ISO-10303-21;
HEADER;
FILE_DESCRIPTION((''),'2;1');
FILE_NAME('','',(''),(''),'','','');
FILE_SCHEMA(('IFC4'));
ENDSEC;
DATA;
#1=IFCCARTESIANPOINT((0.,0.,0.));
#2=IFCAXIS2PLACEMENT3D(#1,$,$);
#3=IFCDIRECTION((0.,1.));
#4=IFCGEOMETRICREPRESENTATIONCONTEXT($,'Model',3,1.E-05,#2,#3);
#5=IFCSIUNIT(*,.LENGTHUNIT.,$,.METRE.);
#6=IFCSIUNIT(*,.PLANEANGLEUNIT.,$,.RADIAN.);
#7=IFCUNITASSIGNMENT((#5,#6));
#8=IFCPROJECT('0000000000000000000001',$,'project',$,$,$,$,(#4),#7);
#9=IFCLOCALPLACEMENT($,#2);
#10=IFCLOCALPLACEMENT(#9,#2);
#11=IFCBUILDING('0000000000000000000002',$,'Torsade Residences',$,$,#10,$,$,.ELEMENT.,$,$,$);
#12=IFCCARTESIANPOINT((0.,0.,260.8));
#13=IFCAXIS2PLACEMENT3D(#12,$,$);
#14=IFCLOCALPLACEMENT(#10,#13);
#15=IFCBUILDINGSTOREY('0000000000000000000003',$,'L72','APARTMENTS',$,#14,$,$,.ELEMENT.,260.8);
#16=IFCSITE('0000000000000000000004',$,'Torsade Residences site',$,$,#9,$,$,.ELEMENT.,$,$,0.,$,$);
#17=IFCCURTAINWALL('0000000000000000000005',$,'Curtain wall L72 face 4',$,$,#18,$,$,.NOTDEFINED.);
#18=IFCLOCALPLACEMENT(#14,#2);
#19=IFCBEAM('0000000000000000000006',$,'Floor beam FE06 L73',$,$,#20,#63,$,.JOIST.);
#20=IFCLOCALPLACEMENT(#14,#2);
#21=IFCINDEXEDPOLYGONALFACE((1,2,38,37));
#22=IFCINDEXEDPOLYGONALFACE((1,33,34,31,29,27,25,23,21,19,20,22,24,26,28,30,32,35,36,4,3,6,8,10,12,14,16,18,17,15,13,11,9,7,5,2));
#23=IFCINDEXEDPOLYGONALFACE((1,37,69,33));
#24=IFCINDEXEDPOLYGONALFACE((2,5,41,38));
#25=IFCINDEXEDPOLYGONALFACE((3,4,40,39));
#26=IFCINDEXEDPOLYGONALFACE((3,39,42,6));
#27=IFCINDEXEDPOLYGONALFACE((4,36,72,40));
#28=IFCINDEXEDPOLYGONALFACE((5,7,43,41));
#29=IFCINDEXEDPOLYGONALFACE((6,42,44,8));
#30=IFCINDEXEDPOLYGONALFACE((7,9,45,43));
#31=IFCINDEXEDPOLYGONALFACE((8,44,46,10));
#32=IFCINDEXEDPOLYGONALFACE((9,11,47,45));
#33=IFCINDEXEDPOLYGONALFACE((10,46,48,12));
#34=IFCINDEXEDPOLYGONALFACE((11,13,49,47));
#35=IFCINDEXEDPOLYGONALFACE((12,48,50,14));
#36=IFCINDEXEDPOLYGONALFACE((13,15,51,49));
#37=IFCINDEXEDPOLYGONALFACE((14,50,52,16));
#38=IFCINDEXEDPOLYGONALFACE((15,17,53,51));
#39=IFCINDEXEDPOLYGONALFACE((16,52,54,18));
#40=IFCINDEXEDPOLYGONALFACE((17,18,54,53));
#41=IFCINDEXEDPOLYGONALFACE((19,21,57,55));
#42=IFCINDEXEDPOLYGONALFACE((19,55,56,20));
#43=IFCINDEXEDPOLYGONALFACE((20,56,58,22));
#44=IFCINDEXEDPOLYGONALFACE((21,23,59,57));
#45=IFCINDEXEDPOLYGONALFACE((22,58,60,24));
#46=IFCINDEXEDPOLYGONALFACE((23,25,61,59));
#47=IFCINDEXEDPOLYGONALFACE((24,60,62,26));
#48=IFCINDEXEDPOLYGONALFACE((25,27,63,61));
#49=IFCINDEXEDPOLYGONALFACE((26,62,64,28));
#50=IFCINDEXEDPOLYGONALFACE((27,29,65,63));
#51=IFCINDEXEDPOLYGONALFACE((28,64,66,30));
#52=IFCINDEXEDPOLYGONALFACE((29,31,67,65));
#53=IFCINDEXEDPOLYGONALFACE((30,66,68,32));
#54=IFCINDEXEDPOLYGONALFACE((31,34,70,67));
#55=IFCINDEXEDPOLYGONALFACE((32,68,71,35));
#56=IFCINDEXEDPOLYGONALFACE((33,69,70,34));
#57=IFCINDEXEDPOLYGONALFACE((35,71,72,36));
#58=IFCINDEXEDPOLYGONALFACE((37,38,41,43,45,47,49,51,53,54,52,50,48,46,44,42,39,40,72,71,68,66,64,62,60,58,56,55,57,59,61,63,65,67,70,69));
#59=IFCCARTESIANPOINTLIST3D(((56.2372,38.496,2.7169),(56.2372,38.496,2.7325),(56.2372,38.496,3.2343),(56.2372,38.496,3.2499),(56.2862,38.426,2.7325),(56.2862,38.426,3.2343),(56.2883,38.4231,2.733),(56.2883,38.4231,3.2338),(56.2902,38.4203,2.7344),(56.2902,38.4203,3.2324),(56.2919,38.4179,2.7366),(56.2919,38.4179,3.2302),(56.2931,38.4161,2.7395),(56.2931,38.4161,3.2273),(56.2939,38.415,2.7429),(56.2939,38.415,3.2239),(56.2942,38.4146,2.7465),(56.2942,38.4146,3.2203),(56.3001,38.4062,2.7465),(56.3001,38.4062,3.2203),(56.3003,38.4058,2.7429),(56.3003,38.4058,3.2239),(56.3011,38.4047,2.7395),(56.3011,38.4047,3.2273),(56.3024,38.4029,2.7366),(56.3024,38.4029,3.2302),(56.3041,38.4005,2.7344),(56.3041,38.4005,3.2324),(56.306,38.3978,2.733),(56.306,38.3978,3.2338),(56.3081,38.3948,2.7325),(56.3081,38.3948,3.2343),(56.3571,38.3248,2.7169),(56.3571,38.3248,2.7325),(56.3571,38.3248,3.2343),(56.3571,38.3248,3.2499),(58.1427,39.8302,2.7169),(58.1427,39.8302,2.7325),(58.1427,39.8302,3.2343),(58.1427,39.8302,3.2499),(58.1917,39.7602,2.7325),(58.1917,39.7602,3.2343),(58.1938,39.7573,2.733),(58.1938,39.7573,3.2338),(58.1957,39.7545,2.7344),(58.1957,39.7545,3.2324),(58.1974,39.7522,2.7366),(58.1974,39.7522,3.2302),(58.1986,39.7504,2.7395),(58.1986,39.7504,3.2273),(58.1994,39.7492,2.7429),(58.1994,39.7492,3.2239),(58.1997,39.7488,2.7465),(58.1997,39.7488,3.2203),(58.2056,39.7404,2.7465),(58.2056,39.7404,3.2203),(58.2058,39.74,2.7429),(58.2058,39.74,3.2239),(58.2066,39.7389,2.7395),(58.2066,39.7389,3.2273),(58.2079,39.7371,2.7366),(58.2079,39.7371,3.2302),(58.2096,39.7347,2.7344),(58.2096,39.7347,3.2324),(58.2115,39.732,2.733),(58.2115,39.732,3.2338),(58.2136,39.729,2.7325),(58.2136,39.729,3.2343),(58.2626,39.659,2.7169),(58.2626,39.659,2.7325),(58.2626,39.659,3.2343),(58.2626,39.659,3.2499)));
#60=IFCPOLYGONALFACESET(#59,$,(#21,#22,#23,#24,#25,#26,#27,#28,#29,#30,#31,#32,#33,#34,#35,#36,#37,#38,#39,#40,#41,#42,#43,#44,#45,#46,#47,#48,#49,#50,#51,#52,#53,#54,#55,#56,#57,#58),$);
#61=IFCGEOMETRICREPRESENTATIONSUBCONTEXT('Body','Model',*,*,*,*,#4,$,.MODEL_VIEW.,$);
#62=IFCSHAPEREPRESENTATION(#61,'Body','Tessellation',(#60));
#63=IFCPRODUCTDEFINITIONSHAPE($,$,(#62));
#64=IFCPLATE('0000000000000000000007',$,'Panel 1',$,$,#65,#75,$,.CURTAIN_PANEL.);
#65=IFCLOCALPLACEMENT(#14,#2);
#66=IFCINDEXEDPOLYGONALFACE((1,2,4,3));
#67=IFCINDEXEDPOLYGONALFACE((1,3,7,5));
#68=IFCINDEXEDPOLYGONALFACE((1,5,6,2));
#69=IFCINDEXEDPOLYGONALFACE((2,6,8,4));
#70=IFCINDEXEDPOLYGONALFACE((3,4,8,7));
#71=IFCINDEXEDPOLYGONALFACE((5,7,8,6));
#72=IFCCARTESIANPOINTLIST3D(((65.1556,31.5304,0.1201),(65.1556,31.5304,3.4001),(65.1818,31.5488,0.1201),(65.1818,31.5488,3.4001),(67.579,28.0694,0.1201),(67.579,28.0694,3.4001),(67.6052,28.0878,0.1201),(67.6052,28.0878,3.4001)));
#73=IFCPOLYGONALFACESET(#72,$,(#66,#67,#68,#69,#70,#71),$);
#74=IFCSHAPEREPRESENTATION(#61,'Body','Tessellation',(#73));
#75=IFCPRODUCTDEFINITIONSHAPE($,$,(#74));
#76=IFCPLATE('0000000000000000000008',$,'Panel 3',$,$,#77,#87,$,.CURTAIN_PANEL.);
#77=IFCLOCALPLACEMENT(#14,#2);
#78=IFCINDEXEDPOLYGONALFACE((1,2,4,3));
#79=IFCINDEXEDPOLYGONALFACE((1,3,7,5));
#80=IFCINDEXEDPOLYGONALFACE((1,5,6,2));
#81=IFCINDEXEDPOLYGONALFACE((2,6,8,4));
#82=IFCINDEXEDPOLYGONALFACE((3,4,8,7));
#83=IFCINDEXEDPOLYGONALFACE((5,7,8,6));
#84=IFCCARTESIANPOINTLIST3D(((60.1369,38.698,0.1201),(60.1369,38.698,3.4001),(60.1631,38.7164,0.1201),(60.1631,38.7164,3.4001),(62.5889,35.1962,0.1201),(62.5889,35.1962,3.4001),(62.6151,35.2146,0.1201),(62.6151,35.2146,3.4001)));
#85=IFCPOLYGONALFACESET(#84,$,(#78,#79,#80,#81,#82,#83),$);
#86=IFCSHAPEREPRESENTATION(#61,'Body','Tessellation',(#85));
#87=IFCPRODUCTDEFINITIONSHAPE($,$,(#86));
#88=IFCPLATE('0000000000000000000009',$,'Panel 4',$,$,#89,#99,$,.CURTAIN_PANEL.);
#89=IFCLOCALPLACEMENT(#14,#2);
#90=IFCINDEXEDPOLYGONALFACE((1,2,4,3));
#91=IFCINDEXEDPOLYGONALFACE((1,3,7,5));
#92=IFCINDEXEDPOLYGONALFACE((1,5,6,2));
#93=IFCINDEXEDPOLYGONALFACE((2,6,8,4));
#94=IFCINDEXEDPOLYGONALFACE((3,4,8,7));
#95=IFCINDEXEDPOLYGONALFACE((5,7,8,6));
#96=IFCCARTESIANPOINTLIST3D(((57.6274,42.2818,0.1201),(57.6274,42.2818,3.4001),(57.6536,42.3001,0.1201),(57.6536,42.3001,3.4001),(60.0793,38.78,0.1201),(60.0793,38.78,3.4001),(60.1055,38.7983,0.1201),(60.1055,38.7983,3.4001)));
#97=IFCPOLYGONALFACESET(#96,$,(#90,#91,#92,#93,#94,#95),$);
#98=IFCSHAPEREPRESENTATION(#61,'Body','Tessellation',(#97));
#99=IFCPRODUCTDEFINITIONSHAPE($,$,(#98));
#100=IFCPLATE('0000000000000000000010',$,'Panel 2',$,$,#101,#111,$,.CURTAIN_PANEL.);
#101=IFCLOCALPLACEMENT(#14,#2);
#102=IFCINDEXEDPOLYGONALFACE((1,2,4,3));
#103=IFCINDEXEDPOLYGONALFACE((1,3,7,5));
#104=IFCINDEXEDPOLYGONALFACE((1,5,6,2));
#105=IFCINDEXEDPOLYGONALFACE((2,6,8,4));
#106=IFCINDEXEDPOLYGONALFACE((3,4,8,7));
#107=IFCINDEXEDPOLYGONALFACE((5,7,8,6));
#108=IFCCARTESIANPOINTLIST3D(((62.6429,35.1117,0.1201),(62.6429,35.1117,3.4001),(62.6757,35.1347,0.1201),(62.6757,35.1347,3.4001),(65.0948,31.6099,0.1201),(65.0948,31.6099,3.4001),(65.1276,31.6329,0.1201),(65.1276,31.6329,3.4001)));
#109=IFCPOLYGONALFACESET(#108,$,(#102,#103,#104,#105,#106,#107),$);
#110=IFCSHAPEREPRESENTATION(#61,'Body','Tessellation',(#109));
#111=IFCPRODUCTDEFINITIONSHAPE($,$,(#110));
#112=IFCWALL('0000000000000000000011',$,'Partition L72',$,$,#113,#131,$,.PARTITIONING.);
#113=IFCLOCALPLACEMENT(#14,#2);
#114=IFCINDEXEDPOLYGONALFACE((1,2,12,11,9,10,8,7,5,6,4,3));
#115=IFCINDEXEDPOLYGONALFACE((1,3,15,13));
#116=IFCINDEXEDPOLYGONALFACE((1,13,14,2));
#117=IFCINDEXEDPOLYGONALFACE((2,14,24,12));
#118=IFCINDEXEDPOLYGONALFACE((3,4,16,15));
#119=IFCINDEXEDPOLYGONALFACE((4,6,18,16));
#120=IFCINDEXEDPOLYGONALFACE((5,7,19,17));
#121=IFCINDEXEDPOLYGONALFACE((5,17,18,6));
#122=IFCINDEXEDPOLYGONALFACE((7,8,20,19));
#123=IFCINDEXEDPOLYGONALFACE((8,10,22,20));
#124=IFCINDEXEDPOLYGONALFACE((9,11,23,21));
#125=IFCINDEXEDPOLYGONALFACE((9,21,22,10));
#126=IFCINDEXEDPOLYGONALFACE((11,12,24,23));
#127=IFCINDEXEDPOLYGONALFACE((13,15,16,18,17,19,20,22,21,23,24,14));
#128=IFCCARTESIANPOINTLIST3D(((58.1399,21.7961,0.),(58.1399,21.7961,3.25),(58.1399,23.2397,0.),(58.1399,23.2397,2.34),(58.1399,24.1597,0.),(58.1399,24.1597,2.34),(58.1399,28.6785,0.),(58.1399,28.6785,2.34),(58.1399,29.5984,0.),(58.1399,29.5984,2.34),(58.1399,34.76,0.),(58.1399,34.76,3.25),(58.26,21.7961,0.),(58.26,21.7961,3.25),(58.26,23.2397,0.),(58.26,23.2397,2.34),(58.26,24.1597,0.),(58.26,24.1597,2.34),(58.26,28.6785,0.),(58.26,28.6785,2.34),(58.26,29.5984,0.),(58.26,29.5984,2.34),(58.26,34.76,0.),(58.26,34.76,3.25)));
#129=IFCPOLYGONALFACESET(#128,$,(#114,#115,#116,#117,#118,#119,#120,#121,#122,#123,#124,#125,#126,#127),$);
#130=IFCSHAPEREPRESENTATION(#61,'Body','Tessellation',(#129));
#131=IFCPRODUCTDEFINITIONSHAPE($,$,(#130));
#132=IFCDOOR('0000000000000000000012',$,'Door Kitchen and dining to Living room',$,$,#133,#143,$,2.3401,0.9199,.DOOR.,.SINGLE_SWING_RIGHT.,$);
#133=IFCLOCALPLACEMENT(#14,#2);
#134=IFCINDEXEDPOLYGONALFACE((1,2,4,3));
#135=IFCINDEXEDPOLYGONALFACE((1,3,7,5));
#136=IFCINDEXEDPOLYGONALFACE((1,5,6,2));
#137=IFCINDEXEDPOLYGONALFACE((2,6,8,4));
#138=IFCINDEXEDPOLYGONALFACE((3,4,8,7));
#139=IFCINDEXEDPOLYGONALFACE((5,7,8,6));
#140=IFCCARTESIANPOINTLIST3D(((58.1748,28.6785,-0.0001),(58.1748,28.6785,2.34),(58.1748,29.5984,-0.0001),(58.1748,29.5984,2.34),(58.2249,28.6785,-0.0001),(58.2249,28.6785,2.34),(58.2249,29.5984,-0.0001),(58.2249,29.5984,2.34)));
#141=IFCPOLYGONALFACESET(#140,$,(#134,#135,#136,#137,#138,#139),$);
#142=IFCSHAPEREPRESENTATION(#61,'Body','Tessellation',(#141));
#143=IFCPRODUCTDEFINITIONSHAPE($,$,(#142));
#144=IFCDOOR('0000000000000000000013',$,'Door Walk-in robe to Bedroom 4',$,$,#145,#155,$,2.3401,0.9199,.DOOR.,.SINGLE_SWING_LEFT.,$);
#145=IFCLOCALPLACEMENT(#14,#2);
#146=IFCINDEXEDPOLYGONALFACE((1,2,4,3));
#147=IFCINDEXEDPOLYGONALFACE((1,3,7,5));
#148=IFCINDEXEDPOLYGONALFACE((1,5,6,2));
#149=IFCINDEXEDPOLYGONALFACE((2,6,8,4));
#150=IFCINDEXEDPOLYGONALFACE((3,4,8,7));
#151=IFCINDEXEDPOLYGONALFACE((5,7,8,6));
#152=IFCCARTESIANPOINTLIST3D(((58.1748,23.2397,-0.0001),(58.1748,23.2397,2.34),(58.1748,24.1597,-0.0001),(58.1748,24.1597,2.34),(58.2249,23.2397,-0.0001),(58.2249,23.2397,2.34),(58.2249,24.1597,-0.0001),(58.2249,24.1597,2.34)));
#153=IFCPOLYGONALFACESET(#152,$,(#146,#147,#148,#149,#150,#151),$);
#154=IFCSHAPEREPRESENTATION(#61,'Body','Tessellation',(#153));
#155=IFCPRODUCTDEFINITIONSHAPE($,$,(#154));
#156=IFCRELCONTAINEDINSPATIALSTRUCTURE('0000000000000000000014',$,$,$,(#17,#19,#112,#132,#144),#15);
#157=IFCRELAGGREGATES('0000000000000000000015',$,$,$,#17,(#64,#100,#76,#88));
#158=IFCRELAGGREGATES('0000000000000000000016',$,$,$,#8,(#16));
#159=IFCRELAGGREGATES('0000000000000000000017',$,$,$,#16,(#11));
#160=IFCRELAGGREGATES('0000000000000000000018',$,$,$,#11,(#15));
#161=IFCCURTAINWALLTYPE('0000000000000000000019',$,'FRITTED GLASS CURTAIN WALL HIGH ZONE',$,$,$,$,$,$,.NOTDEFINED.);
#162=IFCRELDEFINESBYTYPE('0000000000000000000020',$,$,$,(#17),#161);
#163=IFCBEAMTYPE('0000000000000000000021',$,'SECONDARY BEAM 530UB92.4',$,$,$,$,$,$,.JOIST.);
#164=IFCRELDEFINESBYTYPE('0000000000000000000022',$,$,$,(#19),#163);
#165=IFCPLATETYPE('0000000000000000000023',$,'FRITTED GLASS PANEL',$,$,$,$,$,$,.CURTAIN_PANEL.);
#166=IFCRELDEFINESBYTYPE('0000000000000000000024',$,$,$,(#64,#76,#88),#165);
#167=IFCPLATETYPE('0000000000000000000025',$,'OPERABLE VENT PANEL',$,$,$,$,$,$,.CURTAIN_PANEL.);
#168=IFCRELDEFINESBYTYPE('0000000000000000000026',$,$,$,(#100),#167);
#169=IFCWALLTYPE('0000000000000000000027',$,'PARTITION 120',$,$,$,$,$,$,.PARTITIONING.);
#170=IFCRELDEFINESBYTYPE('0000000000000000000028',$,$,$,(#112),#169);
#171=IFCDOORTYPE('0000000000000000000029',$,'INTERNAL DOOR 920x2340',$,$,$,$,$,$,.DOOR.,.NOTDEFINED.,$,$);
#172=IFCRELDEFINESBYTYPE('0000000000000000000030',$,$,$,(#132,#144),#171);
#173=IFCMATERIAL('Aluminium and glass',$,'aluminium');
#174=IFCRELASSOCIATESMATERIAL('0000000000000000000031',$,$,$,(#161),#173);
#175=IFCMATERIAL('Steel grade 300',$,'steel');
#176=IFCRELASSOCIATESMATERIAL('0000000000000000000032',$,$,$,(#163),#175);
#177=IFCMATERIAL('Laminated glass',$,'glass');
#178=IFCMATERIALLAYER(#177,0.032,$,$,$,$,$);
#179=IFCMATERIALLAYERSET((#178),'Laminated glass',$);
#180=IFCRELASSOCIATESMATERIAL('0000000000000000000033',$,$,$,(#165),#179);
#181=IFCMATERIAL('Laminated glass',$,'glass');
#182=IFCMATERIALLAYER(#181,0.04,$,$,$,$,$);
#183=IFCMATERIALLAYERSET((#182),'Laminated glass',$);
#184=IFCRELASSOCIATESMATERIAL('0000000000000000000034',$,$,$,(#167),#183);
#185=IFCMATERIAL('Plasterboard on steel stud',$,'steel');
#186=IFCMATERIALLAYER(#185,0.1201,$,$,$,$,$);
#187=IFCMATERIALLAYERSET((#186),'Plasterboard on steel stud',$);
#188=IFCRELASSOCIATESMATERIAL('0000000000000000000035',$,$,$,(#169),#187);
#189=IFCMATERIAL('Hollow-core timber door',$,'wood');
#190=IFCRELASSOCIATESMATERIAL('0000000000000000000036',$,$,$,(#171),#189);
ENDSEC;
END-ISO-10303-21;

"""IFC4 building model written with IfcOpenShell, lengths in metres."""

from ifc_helpers import new_model, si_unit, direction, frame, frame_2d, origin, origin_2d, place, context, subcontext, project, spatial, rectangle, i_section, extrude, material, layer, layer_set, material_profile, profile_set, type_object, element, fill, aggregate, save


model = new_model("IFC4")

# Units and contexts
model_context = context("Model", 3, precision=1e-05, world=origin(), true_north=direction((0.0, 1.0)))
body_context = subcontext(model_context, "Body", "Model", "MODEL_VIEW")
ifc_project = project(units=[si_unit("LENGTHUNIT", "METRE"), si_unit("PLANEANGLEUNIT", "RADIAN")], contexts=[model_context])

# Site, building, storey
site_placement = place(None, origin())
site = spatial("IfcSite", under=ifc_project, at=site_placement, Name="Torsade Residences site", CompositionType="ELEMENT", RefElevation=0.0)
building_placement = place(site_placement, origin())
building = spatial("IfcBuilding", under=site, at=building_placement, Name="Torsade Residences", CompositionType="ELEMENT")
storey_placement = place(building_placement, frame((0.0, 0.0, 260.8)))
storey = spatial("IfcBuildingStorey", under=building, at=storey_placement, Name="L72", Description="APARTMENTS", CompositionType="ELEMENT", Elevation=260.8)

# Curtain wall
ifc_material_1 = material(Name="Aluminium and glass", Category="aluminium")
curtain_wall_type = type_object("IfcCurtainWallType", Name="FRITTED GLASS CURTAIN WALL HIGH ZONE", PredefinedType="NOTDEFINED", material=ifc_material_1)
curtain_wall_placement = place(storey_placement, origin())
curtain_wall = element("IfcCurtainWall", 1, at=curtain_wall_placement, inside=storey, type_object=curtain_wall_type, Name="Curtain wall L72 face 4", PredefinedType="NOTDEFINED")

# Beam
ifc_material_2 = material(Name="Steel grade 300", Category="steel")
ifc_material_profile_1 = material_profile(ifc_material_2, i_section(OverallWidth=0.209, OverallDepth=0.533, WebThickness=0.0103, FlangeThickness=0.0156, FilletRadius=0.0139, at=origin_2d()), Name="530UB92.4")
ifc_profile_set_1 = profile_set([ifc_material_profile_1], Name="Steel grade 300")
beam_type_1 = type_object("IfcBeamType", Name="SECONDARY BEAM 530UB92.4", PredefinedType="JOIST", material=ifc_profile_set_1)
beam_1_placement = place(storey_placement, frame((58.2026, 39.7446, 2.9834), z_axis=(-0.819158, -0.573568, 0.0), x_axis=(0.573568, -0.819158, 0.0)))
element("IfcBeam", 2, at=beam_1_placement, inside=storey, type_object=beam_type_1, Name="Floor beam FE06 L73", PredefinedType="JOIST", context=body_context, shape_type="SweptSolid", body=[
    extrude(i_section(OverallWidth=0.209, OverallDepth=0.533, WebThickness=0.0103, FlangeThickness=0.0156, FilletRadius=0.0139, at=origin_2d()), origin(), (0.0, 0.0, 1.0), 2.3262),
])

# Plates
ifc_material_3 = material(Name="Laminated glass", Category="glass")
ifc_layer_1 = layer(ifc_material_3, 0.032)
ifc_layer_set_1 = layer_set([ifc_layer_1], Name="Laminated glass")
plate_type_1 = type_object("IfcPlateType", Name="FRITTED GLASS PANEL", PredefinedType="CURTAIN_PANEL", material=ifc_layer_set_1)
plate_1_placement = place(storey_placement, frame((66.3804, 29.8091, 0.1201), z_axis=(0.0, 0.0, 1.0), x_axis=(-0.573576, 0.819152, 0.0)))
plate_1 = element("IfcPlate", 3, at=plate_1_placement, type_object=plate_type_1, Name="Panel 1", PredefinedType="CURTAIN_PANEL", context=body_context, shape_type="SweptSolid", body=[
    extrude(rectangle(XDim=4.2251, YDim=0.032, at=origin_2d()), origin(), (0.0, 0.0, 1.0), 3.28),
])
plate_2_placement = place(storey_placement, frame((61.376, 36.9563, 0.1201), z_axis=(0.0, 0.0, 1.0), x_axis=(-0.573576, 0.819152, 0.0)))
plate_2 = element("IfcPlate", 4, at=plate_2_placement, type_object=plate_type_1, Name="Panel 3", PredefinedType="CURTAIN_PANEL", context=body_context, shape_type="SweptSolid", body=[
    extrude(rectangle(XDim=4.2749, YDim=0.032, at=origin_2d()), origin(), (0.0, 0.0, 1.0), 3.28),
])
plate_3_placement = place(storey_placement, frame((58.8665, 40.54, 0.1201), z_axis=(0.0, 0.0, 1.0), x_axis=(-0.573576, 0.819152, 0.0)))
plate_3 = element("IfcPlate", 5, at=plate_3_placement, type_object=plate_type_1, Name="Panel 4", PredefinedType="CURTAIN_PANEL", context=body_context, shape_type="SweptSolid", body=[
    extrude(rectangle(XDim=4.2749, YDim=0.032, at=origin_2d()), origin(), (0.0, 0.0, 1.0), 3.28),
])
ifc_material_4 = material(Name="Laminated glass", Category="glass")
ifc_layer_2 = layer(ifc_material_4, 0.04)
ifc_layer_set_2 = layer_set([ifc_layer_2], Name="Laminated glass")
plate_type_2 = type_object("IfcPlateType", Name="OPERABLE VENT PANEL", PredefinedType="CURTAIN_PANEL", material=ifc_layer_set_2)
plate_4_placement = place(storey_placement, frame((63.8853, 33.3723, 0.1201), z_axis=(0.0, 0.0, 1.0), x_axis=(-0.573576, 0.819152, 0.0)))
plate_4 = element("IfcPlate", 6, at=plate_4_placement, type_object=plate_type_2, Name="Panel 2", PredefinedType="CURTAIN_PANEL", context=body_context, shape_type="SweptSolid", body=[
    extrude(rectangle(XDim=4.2749, YDim=0.04, at=origin_2d()), origin(), (0.0, 0.0, 1.0), 3.28),
])
aggregate(curtain_wall, [plate_1, plate_4, plate_2, plate_3])

# Wall, openings, doors
ifc_material_5 = material(Name="Plasterboard on steel stud", Category="steel")
ifc_layer_3 = layer(ifc_material_5, 0.1201)
ifc_layer_set_3 = layer_set([ifc_layer_3], Name="Plasterboard on steel stud")
wall_type_1 = type_object("IfcWallType", Name="PARTITION 120", PredefinedType="PARTITIONING", material=ifc_layer_set_3)
wall_1_placement = place(storey_placement, frame((58.2, 34.76, 0.0), z_axis=(0.0, 0.0, 1.0), x_axis=(0.0, -1.0, 0.0)))
wall_1 = element("IfcWall", 7, at=wall_1_placement, inside=storey, type_object=wall_type_1, Name="Partition L72", PredefinedType="PARTITIONING", context=body_context, shape_type="SweptSolid", body=[
    extrude(rectangle(XDim=12.9639, YDim=0.1201, at=frame_2d((6.4819, 0.0))), origin(), (0.0, 0.0, 1.0), 3.25),
])
opening_1_placement = place(wall_1_placement, frame((5.1616, 0.0, 0.0)))
opening_1 = element("IfcOpeningElement", 8, at=opening_1_placement, cuts=wall_1, PredefinedType="OPENING", context=body_context, shape_type="SweptSolid", body=[
    extrude(rectangle(XDim=0.9199, YDim=2.3401, at=frame_2d((0.46, 1.1699))), frame((0.0, 0.0701, 0.0), z_axis=(0.0, -1.0, 0.0), x_axis=(1.0, 0.0, 0.0)), (0.0, 0.0, 1.0), 0.1401),
])
opening_2_placement = place(wall_1_placement, frame((10.6003, 0.0, 0.0)))
opening_2 = element("IfcOpeningElement", 9, at=opening_2_placement, cuts=wall_1, PredefinedType="OPENING", context=body_context, shape_type="SweptSolid", body=[
    extrude(rectangle(XDim=0.9199, YDim=2.3401, at=frame_2d((0.46, 1.1699))), frame((0.0, 0.0701, 0.0), z_axis=(0.0, -1.0, 0.0), x_axis=(1.0, 0.0, 0.0)), (0.0, 0.0, 1.0), 0.1401),
])
ifc_material_6 = material(Name="Hollow-core timber door", Category="wood")
door_type_1 = type_object("IfcDoorType", Name="INTERNAL DOOR 920x2340", OperationType="NOTDEFINED", PredefinedType="DOOR", material=ifc_material_6)
door_1_placement = place(opening_1_placement, origin())
door_1 = element("IfcDoor", 10, at=door_1_placement, inside=storey, type_object=door_type_1, Name="Door Kitchen and dining to Living room", OperationType="SINGLE_SWING_RIGHT", OverallHeight=2.3401, OverallWidth=0.9199, PredefinedType="DOOR", context=body_context, shape_type="SweptSolid", body=[
    extrude(rectangle(XDim=0.9199, YDim=2.3401, at=frame_2d((0.46, 1.1699))), frame((0.0, 0.0249, 0.0), z_axis=(0.0, -1.0, 0.0), x_axis=(1.0, 0.0, 0.0)), (0.0, 0.0, 1.0), 0.05),
])
fill(opening_1, door_1)
door_2_placement = place(opening_2_placement, origin())
door_2 = element("IfcDoor", 11, at=door_2_placement, inside=storey, type_object=door_type_1, Name="Door Walk-in robe to Bedroom 4", OperationType="SINGLE_SWING_LEFT", OverallHeight=2.3401, OverallWidth=0.9199, PredefinedType="DOOR", context=body_context, shape_type="SweptSolid", body=[
    extrude(rectangle(XDim=0.9199, YDim=2.3401, at=frame_2d((0.46, 1.1699))), frame((0.0, 0.0249, 0.0), z_axis=(0.0, -1.0, 0.0), x_axis=(1.0, 0.0, 0.0)), (0.0, 0.0, 1.0), 0.05),
])
fill(opening_2, door_2)

save(model, "model.ifc")
